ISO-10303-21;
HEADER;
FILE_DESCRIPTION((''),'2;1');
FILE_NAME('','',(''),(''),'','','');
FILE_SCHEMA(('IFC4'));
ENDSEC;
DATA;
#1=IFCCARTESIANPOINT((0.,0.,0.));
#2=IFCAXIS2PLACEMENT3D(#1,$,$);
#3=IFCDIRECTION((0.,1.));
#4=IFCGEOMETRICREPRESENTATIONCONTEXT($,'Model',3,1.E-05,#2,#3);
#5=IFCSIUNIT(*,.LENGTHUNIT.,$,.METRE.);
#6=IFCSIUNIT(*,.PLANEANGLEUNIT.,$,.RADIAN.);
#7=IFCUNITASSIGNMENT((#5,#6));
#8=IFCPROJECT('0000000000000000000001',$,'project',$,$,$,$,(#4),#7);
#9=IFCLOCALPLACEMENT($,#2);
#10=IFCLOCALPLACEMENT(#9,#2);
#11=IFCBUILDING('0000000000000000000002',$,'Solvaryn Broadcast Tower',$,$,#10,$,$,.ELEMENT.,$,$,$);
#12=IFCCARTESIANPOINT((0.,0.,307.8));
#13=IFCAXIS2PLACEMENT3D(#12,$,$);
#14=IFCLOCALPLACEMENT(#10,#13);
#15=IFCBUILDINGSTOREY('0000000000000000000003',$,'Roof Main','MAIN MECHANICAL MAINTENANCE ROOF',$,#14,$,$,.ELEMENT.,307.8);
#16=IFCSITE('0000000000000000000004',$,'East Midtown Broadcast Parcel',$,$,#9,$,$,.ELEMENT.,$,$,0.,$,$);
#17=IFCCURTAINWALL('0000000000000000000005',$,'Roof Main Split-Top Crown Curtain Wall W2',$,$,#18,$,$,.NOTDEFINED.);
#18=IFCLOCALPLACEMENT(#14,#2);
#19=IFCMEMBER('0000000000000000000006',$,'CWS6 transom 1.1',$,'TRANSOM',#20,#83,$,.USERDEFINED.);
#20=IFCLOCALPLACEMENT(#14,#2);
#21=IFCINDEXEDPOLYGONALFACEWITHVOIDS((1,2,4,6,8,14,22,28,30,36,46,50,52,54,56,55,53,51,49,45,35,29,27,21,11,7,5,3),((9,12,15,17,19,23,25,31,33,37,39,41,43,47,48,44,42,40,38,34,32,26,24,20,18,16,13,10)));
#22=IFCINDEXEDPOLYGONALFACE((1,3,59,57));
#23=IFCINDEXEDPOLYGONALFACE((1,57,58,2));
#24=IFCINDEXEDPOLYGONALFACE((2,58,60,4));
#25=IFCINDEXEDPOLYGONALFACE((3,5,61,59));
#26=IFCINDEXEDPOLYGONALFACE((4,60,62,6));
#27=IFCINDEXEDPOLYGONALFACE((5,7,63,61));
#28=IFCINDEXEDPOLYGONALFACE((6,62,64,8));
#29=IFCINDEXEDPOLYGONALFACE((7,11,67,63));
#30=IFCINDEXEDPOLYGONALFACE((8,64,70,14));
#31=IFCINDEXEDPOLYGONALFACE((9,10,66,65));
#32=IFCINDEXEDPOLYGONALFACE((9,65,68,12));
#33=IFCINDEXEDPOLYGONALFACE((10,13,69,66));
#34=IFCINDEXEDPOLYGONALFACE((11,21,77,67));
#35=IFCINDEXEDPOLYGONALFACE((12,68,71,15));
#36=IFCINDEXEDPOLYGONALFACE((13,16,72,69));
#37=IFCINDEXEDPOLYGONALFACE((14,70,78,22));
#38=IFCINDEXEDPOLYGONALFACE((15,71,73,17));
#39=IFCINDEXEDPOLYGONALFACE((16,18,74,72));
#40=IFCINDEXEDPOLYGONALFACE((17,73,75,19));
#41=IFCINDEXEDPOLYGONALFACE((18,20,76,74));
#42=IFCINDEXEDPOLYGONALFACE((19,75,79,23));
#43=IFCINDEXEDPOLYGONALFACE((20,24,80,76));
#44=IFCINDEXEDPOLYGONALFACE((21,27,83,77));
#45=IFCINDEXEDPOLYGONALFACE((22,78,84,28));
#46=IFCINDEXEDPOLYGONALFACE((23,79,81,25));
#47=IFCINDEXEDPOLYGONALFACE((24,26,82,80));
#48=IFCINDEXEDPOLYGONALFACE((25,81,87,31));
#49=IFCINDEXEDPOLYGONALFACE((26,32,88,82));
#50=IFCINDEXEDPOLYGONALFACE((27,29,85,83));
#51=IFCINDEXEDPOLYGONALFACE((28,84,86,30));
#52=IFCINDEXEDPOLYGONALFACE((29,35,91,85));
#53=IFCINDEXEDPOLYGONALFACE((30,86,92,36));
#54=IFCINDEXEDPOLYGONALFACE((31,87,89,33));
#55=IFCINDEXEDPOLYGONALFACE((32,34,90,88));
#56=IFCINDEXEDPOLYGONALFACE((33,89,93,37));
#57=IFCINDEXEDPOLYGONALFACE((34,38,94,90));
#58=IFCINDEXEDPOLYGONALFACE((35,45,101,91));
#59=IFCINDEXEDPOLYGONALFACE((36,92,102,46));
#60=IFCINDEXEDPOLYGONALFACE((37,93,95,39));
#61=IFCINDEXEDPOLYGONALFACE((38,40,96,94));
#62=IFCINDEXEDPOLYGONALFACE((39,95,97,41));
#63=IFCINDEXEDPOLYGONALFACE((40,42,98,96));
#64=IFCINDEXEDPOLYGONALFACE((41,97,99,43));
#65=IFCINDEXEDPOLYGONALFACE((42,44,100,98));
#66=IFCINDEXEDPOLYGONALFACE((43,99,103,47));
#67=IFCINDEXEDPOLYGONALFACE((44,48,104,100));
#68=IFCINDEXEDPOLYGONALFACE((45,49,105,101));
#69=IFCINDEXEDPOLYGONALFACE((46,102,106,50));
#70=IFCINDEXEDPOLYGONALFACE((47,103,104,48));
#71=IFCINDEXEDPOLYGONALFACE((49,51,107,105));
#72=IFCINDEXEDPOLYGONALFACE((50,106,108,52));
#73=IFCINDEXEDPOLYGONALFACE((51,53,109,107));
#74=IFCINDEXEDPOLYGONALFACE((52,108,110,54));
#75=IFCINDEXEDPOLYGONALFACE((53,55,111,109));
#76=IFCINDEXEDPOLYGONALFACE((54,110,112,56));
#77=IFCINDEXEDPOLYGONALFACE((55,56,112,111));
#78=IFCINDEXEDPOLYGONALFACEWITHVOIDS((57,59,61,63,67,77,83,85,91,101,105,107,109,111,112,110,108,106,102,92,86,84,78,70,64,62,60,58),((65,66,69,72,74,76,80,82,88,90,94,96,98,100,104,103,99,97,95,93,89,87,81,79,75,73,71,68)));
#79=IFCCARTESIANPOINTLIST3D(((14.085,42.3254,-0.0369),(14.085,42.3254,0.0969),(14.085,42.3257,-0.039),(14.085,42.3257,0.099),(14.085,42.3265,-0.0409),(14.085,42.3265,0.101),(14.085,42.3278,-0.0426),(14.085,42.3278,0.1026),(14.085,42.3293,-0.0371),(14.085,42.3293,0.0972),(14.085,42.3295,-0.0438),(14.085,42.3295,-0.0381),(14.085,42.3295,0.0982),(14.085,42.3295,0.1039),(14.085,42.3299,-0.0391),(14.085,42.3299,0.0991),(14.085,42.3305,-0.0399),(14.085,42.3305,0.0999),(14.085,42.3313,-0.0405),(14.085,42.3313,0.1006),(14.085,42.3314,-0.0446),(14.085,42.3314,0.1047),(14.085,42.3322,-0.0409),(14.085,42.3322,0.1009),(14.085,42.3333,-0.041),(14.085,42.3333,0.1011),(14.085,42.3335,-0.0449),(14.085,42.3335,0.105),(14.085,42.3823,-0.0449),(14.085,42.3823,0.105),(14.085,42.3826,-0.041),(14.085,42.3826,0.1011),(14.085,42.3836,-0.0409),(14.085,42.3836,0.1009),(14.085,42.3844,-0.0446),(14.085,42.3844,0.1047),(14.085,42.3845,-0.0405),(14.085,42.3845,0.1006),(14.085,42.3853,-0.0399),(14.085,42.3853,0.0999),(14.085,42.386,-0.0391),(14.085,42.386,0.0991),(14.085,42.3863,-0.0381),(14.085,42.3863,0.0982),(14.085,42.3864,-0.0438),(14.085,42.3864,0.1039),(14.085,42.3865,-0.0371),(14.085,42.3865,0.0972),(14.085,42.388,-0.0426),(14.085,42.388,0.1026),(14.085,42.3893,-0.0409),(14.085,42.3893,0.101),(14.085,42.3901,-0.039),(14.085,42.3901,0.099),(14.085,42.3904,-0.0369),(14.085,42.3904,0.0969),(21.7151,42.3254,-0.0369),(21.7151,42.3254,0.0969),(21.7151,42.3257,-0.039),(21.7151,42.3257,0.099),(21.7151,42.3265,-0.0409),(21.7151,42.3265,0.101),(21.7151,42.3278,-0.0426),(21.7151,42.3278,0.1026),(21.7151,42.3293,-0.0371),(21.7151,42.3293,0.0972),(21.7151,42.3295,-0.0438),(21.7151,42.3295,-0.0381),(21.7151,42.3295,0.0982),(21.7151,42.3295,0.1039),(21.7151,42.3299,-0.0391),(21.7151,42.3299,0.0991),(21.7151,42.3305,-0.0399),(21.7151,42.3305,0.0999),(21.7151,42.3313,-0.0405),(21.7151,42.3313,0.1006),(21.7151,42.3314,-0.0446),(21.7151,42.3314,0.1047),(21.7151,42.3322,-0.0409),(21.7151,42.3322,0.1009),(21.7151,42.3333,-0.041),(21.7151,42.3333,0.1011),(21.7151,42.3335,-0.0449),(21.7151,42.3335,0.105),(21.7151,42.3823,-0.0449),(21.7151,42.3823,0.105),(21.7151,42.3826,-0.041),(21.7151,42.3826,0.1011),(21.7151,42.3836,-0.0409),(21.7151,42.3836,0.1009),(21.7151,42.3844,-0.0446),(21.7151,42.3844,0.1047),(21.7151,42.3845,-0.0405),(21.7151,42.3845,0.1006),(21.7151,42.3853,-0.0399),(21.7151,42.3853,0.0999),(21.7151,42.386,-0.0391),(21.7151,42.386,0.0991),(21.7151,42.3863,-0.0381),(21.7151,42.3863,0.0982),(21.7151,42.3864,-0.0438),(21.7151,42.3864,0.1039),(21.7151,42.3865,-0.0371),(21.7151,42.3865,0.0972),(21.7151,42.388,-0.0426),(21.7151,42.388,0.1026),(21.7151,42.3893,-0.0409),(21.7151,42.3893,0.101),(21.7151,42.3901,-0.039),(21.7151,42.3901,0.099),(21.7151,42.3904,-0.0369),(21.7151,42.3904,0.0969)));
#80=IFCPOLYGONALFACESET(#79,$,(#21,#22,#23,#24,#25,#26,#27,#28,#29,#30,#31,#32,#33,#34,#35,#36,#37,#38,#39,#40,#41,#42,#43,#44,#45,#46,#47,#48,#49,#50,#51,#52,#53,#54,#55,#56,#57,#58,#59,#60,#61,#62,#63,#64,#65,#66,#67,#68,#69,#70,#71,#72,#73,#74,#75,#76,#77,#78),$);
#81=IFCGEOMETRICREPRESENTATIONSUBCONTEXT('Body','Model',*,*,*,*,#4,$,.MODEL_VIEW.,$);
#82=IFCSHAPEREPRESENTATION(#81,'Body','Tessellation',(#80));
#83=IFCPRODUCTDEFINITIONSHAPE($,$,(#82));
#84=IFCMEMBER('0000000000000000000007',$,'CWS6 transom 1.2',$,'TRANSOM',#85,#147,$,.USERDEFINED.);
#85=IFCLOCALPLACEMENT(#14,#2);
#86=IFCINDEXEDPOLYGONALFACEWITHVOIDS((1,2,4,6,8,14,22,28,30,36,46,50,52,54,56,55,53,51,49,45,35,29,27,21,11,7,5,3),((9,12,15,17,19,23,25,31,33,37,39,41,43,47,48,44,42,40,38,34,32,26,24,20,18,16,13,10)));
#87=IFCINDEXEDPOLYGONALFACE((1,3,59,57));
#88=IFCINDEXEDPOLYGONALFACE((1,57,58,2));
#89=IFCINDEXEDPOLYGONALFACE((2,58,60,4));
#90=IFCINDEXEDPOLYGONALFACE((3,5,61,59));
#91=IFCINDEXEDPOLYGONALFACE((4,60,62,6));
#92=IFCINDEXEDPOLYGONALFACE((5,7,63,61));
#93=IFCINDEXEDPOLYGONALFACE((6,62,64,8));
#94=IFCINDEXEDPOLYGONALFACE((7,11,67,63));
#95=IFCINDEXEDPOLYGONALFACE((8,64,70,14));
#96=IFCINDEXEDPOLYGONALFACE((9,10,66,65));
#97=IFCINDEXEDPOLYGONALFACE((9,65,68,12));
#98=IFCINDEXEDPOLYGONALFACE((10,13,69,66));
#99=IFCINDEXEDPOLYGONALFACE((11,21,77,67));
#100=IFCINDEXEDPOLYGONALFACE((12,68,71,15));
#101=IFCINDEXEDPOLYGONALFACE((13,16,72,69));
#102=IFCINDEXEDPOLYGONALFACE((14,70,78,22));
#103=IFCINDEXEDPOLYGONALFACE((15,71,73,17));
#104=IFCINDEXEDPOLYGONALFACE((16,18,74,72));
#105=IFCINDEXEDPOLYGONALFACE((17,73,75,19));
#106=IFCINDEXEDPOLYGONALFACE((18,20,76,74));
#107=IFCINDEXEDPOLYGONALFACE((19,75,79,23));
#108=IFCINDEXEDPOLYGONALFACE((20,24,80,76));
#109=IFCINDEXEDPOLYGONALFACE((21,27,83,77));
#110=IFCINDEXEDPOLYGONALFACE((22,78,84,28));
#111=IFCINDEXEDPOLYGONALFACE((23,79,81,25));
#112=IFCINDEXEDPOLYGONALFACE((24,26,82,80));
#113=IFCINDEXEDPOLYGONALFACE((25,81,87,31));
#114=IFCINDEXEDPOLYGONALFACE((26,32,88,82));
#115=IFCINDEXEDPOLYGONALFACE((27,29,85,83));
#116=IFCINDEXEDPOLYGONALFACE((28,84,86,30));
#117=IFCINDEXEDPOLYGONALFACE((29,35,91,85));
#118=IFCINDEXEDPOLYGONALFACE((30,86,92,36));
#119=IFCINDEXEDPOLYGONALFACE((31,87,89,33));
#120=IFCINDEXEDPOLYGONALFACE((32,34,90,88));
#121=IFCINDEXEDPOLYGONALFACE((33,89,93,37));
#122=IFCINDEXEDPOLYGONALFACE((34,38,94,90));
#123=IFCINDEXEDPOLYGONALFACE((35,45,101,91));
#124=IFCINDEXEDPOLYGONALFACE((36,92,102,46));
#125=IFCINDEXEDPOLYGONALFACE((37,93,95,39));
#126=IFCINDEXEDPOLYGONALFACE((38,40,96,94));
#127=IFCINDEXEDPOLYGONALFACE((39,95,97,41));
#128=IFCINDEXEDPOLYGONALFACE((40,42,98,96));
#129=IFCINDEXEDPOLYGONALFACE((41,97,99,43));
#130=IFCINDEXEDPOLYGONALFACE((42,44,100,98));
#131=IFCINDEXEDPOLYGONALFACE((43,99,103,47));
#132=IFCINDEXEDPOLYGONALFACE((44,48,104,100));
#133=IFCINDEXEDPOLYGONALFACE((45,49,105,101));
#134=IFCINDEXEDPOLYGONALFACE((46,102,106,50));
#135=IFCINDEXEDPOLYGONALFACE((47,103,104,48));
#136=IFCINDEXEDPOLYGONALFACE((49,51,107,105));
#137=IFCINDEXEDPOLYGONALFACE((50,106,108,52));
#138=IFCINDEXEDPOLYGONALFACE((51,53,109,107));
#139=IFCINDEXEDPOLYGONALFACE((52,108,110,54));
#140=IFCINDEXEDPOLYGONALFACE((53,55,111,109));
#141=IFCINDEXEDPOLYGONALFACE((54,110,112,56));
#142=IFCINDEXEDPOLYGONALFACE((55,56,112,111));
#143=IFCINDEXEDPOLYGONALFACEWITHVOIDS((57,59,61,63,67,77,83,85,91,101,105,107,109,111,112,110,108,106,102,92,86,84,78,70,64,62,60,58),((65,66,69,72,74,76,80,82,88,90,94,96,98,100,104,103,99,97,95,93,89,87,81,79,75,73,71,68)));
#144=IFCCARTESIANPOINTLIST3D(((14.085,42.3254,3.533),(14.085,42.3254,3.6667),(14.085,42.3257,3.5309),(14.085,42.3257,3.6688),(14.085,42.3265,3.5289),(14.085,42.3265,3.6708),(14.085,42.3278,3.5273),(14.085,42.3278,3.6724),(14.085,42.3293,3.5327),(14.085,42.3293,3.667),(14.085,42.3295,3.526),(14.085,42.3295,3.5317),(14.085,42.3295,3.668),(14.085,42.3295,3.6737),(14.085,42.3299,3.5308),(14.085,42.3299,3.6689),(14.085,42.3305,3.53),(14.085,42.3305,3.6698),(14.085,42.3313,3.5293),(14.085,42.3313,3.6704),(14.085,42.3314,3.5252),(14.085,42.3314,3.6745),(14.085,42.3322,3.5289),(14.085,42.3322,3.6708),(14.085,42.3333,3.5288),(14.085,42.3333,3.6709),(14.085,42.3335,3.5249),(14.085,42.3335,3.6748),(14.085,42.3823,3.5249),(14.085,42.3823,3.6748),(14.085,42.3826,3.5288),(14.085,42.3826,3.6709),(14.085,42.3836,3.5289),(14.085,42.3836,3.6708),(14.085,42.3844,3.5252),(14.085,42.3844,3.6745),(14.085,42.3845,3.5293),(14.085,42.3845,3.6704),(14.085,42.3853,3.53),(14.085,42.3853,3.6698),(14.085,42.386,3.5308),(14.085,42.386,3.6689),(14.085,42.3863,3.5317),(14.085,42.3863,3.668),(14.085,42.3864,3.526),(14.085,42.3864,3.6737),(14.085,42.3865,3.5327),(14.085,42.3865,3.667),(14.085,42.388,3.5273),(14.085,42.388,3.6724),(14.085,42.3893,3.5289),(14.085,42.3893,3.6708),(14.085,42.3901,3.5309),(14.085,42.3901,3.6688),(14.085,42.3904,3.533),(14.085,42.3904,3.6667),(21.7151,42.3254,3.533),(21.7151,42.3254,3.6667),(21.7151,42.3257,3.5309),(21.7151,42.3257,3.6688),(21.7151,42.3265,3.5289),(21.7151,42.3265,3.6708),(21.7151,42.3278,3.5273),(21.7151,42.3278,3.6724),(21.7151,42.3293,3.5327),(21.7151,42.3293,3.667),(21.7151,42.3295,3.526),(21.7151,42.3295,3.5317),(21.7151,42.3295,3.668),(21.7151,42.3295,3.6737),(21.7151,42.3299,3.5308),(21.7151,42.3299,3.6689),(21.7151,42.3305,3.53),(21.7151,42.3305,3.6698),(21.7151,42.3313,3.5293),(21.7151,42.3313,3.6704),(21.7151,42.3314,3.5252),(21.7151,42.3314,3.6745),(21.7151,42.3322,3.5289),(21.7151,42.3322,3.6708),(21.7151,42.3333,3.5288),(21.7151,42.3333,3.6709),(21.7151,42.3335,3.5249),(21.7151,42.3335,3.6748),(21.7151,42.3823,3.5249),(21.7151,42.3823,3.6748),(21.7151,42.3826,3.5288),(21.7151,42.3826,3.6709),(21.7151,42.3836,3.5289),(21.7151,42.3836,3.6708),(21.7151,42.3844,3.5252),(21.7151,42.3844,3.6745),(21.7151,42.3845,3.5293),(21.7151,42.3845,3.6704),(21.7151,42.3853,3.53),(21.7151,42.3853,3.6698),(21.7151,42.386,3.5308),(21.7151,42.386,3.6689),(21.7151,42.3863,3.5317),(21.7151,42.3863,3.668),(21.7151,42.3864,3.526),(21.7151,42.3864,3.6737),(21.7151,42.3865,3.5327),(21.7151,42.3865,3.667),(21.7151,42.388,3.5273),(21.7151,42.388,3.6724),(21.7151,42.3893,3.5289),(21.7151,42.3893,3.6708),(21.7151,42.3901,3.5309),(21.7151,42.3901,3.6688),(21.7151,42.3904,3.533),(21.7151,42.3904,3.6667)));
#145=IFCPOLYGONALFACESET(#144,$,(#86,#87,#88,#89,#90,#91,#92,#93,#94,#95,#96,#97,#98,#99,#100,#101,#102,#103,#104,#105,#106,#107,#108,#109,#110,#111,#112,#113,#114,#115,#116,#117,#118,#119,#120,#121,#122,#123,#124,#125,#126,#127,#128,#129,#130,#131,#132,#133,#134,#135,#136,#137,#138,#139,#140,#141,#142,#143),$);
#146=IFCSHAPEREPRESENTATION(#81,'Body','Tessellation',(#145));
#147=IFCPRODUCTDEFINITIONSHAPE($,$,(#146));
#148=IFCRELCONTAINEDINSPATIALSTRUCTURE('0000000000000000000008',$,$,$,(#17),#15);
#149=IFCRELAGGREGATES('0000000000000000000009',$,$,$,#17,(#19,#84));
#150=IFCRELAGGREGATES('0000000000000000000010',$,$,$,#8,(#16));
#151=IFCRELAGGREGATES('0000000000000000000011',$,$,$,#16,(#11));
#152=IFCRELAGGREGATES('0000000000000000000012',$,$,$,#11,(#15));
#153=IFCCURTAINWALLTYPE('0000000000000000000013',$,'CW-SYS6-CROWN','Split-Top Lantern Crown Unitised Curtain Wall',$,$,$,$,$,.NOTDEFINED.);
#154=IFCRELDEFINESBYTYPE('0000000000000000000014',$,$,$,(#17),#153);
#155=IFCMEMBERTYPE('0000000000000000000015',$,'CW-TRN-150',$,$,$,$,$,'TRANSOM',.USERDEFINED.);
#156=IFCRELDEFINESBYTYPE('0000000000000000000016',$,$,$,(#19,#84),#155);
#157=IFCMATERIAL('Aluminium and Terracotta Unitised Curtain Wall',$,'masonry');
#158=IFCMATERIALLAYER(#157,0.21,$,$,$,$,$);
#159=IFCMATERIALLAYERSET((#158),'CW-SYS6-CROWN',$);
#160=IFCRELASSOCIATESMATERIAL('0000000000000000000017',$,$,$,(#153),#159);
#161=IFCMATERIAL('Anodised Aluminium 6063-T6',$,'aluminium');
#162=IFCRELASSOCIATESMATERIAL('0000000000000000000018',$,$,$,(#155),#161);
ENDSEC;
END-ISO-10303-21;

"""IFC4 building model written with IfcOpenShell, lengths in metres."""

from ifc_helpers import new_model, si_unit, direction, frame, origin, origin_2d, place, context, subcontext, project, spatial, hollow_rectangle, extrude, material, layer, layer_set, material_profile, profile_set, type_object, element, aggregate, save


model = new_model("IFC4")

# Units and contexts
model_context = context("Model", 3, precision=1e-05, world=origin(), true_north=direction((0.0, 1.0)))
body_context = subcontext(model_context, "Body", "Model", "MODEL_VIEW")
ifc_project = project(units=[si_unit("LENGTHUNIT", "METRE"), si_unit("PLANEANGLEUNIT", "RADIAN")], contexts=[model_context])

# Site, building, storey
site_placement = place(None, origin())
site = spatial("IfcSite", under=ifc_project, at=site_placement, Name="East Midtown Broadcast Parcel", CompositionType="ELEMENT", RefElevation=0.0)
building_placement = place(site_placement, origin())
building = spatial("IfcBuilding", under=site, at=building_placement, Name="Solvaryn Broadcast Tower", CompositionType="ELEMENT")
storey_placement = place(building_placement, frame((0.0, 0.0, 307.8)))
storey = spatial("IfcBuildingStorey", under=building, at=storey_placement, Name="Roof Main", Description="MAIN MECHANICAL MAINTENANCE ROOF", CompositionType="ELEMENT", Elevation=307.8)

# Curtain wall
ifc_material_1 = material(Name="Aluminium and Terracotta Unitised Curtain Wall", Category="masonry")
ifc_layer_1 = layer(ifc_material_1, 0.21)
ifc_layer_set_1 = layer_set([ifc_layer_1], Name="CW-SYS6-CROWN")
curtain_wall_type = type_object("IfcCurtainWallType", Name="CW-SYS6-CROWN", Description="Split-Top Lantern Crown Unitised Curtain Wall", PredefinedType="NOTDEFINED", material=ifc_layer_set_1)
curtain_wall_1_placement = place(storey_placement, origin())
curtain_wall_1 = element("IfcCurtainWall", 1, at=curtain_wall_1_placement, inside=storey, type_object=curtain_wall_type, Name="Roof Main Split-Top Crown Curtain Wall W2", PredefinedType="NOTDEFINED")

# Members
ifc_material_2 = material(Name="Anodised Aluminium 6063-T6", Category="aluminium")
ifc_material_profile_1 = material_profile(ifc_material_2, hollow_rectangle(XDim=0.0649, YDim=0.1499, WallThickness=0.0039, InnerFilletRadius=0.0039, OuterFilletRadius=0.0081, at=origin_2d()))
ifc_profile_set_1 = profile_set([ifc_material_profile_1], Name="Anodised Aluminium 6063-T6")
member_type_1 = type_object("IfcMemberType", Name="CW-TRN-150", ElementType="TRANSOM", PredefinedType="USERDEFINED", material=ifc_profile_set_1)
member_1_placement = place(storey_placement, frame((21.7151, 42.3579, 0.03), z_axis=(-1.0, 0.0, 0.0), x_axis=(0.0, -1.0, 0.0)))
member_1 = element("IfcMember", 2, at=member_1_placement, type_object=member_type_1, Name="CWS6 transom 1.1", ObjectType="TRANSOM", PredefinedType="USERDEFINED", context=body_context, shape_type="SweptSolid", body=[
    extrude(hollow_rectangle(XDim=0.0649, YDim=0.1499, WallThickness=0.0039, InnerFilletRadius=0.0039, OuterFilletRadius=0.0081, at=origin_2d()), origin(), (0.0, 0.0, 1.0), 7.6301),
])
member_2_placement = place(storey_placement, frame((21.7151, 42.3579, 3.5999), z_axis=(-1.0, 0.0, 0.0), x_axis=(0.0, -1.0, 0.0)))
member_2 = element("IfcMember", 3, at=member_2_placement, type_object=member_type_1, Name="CWS6 transom 1.2", ObjectType="TRANSOM", PredefinedType="USERDEFINED", context=body_context, shape_type="SweptSolid", body=[
    extrude(hollow_rectangle(XDim=0.0649, YDim=0.1499, WallThickness=0.0039, InnerFilletRadius=0.0039, OuterFilletRadius=0.0081, at=origin_2d()), origin(), (0.0, 0.0, 1.0), 7.6301),
])
aggregate(curtain_wall_1, [member_1, member_2])

save(model, "model.ifc")
